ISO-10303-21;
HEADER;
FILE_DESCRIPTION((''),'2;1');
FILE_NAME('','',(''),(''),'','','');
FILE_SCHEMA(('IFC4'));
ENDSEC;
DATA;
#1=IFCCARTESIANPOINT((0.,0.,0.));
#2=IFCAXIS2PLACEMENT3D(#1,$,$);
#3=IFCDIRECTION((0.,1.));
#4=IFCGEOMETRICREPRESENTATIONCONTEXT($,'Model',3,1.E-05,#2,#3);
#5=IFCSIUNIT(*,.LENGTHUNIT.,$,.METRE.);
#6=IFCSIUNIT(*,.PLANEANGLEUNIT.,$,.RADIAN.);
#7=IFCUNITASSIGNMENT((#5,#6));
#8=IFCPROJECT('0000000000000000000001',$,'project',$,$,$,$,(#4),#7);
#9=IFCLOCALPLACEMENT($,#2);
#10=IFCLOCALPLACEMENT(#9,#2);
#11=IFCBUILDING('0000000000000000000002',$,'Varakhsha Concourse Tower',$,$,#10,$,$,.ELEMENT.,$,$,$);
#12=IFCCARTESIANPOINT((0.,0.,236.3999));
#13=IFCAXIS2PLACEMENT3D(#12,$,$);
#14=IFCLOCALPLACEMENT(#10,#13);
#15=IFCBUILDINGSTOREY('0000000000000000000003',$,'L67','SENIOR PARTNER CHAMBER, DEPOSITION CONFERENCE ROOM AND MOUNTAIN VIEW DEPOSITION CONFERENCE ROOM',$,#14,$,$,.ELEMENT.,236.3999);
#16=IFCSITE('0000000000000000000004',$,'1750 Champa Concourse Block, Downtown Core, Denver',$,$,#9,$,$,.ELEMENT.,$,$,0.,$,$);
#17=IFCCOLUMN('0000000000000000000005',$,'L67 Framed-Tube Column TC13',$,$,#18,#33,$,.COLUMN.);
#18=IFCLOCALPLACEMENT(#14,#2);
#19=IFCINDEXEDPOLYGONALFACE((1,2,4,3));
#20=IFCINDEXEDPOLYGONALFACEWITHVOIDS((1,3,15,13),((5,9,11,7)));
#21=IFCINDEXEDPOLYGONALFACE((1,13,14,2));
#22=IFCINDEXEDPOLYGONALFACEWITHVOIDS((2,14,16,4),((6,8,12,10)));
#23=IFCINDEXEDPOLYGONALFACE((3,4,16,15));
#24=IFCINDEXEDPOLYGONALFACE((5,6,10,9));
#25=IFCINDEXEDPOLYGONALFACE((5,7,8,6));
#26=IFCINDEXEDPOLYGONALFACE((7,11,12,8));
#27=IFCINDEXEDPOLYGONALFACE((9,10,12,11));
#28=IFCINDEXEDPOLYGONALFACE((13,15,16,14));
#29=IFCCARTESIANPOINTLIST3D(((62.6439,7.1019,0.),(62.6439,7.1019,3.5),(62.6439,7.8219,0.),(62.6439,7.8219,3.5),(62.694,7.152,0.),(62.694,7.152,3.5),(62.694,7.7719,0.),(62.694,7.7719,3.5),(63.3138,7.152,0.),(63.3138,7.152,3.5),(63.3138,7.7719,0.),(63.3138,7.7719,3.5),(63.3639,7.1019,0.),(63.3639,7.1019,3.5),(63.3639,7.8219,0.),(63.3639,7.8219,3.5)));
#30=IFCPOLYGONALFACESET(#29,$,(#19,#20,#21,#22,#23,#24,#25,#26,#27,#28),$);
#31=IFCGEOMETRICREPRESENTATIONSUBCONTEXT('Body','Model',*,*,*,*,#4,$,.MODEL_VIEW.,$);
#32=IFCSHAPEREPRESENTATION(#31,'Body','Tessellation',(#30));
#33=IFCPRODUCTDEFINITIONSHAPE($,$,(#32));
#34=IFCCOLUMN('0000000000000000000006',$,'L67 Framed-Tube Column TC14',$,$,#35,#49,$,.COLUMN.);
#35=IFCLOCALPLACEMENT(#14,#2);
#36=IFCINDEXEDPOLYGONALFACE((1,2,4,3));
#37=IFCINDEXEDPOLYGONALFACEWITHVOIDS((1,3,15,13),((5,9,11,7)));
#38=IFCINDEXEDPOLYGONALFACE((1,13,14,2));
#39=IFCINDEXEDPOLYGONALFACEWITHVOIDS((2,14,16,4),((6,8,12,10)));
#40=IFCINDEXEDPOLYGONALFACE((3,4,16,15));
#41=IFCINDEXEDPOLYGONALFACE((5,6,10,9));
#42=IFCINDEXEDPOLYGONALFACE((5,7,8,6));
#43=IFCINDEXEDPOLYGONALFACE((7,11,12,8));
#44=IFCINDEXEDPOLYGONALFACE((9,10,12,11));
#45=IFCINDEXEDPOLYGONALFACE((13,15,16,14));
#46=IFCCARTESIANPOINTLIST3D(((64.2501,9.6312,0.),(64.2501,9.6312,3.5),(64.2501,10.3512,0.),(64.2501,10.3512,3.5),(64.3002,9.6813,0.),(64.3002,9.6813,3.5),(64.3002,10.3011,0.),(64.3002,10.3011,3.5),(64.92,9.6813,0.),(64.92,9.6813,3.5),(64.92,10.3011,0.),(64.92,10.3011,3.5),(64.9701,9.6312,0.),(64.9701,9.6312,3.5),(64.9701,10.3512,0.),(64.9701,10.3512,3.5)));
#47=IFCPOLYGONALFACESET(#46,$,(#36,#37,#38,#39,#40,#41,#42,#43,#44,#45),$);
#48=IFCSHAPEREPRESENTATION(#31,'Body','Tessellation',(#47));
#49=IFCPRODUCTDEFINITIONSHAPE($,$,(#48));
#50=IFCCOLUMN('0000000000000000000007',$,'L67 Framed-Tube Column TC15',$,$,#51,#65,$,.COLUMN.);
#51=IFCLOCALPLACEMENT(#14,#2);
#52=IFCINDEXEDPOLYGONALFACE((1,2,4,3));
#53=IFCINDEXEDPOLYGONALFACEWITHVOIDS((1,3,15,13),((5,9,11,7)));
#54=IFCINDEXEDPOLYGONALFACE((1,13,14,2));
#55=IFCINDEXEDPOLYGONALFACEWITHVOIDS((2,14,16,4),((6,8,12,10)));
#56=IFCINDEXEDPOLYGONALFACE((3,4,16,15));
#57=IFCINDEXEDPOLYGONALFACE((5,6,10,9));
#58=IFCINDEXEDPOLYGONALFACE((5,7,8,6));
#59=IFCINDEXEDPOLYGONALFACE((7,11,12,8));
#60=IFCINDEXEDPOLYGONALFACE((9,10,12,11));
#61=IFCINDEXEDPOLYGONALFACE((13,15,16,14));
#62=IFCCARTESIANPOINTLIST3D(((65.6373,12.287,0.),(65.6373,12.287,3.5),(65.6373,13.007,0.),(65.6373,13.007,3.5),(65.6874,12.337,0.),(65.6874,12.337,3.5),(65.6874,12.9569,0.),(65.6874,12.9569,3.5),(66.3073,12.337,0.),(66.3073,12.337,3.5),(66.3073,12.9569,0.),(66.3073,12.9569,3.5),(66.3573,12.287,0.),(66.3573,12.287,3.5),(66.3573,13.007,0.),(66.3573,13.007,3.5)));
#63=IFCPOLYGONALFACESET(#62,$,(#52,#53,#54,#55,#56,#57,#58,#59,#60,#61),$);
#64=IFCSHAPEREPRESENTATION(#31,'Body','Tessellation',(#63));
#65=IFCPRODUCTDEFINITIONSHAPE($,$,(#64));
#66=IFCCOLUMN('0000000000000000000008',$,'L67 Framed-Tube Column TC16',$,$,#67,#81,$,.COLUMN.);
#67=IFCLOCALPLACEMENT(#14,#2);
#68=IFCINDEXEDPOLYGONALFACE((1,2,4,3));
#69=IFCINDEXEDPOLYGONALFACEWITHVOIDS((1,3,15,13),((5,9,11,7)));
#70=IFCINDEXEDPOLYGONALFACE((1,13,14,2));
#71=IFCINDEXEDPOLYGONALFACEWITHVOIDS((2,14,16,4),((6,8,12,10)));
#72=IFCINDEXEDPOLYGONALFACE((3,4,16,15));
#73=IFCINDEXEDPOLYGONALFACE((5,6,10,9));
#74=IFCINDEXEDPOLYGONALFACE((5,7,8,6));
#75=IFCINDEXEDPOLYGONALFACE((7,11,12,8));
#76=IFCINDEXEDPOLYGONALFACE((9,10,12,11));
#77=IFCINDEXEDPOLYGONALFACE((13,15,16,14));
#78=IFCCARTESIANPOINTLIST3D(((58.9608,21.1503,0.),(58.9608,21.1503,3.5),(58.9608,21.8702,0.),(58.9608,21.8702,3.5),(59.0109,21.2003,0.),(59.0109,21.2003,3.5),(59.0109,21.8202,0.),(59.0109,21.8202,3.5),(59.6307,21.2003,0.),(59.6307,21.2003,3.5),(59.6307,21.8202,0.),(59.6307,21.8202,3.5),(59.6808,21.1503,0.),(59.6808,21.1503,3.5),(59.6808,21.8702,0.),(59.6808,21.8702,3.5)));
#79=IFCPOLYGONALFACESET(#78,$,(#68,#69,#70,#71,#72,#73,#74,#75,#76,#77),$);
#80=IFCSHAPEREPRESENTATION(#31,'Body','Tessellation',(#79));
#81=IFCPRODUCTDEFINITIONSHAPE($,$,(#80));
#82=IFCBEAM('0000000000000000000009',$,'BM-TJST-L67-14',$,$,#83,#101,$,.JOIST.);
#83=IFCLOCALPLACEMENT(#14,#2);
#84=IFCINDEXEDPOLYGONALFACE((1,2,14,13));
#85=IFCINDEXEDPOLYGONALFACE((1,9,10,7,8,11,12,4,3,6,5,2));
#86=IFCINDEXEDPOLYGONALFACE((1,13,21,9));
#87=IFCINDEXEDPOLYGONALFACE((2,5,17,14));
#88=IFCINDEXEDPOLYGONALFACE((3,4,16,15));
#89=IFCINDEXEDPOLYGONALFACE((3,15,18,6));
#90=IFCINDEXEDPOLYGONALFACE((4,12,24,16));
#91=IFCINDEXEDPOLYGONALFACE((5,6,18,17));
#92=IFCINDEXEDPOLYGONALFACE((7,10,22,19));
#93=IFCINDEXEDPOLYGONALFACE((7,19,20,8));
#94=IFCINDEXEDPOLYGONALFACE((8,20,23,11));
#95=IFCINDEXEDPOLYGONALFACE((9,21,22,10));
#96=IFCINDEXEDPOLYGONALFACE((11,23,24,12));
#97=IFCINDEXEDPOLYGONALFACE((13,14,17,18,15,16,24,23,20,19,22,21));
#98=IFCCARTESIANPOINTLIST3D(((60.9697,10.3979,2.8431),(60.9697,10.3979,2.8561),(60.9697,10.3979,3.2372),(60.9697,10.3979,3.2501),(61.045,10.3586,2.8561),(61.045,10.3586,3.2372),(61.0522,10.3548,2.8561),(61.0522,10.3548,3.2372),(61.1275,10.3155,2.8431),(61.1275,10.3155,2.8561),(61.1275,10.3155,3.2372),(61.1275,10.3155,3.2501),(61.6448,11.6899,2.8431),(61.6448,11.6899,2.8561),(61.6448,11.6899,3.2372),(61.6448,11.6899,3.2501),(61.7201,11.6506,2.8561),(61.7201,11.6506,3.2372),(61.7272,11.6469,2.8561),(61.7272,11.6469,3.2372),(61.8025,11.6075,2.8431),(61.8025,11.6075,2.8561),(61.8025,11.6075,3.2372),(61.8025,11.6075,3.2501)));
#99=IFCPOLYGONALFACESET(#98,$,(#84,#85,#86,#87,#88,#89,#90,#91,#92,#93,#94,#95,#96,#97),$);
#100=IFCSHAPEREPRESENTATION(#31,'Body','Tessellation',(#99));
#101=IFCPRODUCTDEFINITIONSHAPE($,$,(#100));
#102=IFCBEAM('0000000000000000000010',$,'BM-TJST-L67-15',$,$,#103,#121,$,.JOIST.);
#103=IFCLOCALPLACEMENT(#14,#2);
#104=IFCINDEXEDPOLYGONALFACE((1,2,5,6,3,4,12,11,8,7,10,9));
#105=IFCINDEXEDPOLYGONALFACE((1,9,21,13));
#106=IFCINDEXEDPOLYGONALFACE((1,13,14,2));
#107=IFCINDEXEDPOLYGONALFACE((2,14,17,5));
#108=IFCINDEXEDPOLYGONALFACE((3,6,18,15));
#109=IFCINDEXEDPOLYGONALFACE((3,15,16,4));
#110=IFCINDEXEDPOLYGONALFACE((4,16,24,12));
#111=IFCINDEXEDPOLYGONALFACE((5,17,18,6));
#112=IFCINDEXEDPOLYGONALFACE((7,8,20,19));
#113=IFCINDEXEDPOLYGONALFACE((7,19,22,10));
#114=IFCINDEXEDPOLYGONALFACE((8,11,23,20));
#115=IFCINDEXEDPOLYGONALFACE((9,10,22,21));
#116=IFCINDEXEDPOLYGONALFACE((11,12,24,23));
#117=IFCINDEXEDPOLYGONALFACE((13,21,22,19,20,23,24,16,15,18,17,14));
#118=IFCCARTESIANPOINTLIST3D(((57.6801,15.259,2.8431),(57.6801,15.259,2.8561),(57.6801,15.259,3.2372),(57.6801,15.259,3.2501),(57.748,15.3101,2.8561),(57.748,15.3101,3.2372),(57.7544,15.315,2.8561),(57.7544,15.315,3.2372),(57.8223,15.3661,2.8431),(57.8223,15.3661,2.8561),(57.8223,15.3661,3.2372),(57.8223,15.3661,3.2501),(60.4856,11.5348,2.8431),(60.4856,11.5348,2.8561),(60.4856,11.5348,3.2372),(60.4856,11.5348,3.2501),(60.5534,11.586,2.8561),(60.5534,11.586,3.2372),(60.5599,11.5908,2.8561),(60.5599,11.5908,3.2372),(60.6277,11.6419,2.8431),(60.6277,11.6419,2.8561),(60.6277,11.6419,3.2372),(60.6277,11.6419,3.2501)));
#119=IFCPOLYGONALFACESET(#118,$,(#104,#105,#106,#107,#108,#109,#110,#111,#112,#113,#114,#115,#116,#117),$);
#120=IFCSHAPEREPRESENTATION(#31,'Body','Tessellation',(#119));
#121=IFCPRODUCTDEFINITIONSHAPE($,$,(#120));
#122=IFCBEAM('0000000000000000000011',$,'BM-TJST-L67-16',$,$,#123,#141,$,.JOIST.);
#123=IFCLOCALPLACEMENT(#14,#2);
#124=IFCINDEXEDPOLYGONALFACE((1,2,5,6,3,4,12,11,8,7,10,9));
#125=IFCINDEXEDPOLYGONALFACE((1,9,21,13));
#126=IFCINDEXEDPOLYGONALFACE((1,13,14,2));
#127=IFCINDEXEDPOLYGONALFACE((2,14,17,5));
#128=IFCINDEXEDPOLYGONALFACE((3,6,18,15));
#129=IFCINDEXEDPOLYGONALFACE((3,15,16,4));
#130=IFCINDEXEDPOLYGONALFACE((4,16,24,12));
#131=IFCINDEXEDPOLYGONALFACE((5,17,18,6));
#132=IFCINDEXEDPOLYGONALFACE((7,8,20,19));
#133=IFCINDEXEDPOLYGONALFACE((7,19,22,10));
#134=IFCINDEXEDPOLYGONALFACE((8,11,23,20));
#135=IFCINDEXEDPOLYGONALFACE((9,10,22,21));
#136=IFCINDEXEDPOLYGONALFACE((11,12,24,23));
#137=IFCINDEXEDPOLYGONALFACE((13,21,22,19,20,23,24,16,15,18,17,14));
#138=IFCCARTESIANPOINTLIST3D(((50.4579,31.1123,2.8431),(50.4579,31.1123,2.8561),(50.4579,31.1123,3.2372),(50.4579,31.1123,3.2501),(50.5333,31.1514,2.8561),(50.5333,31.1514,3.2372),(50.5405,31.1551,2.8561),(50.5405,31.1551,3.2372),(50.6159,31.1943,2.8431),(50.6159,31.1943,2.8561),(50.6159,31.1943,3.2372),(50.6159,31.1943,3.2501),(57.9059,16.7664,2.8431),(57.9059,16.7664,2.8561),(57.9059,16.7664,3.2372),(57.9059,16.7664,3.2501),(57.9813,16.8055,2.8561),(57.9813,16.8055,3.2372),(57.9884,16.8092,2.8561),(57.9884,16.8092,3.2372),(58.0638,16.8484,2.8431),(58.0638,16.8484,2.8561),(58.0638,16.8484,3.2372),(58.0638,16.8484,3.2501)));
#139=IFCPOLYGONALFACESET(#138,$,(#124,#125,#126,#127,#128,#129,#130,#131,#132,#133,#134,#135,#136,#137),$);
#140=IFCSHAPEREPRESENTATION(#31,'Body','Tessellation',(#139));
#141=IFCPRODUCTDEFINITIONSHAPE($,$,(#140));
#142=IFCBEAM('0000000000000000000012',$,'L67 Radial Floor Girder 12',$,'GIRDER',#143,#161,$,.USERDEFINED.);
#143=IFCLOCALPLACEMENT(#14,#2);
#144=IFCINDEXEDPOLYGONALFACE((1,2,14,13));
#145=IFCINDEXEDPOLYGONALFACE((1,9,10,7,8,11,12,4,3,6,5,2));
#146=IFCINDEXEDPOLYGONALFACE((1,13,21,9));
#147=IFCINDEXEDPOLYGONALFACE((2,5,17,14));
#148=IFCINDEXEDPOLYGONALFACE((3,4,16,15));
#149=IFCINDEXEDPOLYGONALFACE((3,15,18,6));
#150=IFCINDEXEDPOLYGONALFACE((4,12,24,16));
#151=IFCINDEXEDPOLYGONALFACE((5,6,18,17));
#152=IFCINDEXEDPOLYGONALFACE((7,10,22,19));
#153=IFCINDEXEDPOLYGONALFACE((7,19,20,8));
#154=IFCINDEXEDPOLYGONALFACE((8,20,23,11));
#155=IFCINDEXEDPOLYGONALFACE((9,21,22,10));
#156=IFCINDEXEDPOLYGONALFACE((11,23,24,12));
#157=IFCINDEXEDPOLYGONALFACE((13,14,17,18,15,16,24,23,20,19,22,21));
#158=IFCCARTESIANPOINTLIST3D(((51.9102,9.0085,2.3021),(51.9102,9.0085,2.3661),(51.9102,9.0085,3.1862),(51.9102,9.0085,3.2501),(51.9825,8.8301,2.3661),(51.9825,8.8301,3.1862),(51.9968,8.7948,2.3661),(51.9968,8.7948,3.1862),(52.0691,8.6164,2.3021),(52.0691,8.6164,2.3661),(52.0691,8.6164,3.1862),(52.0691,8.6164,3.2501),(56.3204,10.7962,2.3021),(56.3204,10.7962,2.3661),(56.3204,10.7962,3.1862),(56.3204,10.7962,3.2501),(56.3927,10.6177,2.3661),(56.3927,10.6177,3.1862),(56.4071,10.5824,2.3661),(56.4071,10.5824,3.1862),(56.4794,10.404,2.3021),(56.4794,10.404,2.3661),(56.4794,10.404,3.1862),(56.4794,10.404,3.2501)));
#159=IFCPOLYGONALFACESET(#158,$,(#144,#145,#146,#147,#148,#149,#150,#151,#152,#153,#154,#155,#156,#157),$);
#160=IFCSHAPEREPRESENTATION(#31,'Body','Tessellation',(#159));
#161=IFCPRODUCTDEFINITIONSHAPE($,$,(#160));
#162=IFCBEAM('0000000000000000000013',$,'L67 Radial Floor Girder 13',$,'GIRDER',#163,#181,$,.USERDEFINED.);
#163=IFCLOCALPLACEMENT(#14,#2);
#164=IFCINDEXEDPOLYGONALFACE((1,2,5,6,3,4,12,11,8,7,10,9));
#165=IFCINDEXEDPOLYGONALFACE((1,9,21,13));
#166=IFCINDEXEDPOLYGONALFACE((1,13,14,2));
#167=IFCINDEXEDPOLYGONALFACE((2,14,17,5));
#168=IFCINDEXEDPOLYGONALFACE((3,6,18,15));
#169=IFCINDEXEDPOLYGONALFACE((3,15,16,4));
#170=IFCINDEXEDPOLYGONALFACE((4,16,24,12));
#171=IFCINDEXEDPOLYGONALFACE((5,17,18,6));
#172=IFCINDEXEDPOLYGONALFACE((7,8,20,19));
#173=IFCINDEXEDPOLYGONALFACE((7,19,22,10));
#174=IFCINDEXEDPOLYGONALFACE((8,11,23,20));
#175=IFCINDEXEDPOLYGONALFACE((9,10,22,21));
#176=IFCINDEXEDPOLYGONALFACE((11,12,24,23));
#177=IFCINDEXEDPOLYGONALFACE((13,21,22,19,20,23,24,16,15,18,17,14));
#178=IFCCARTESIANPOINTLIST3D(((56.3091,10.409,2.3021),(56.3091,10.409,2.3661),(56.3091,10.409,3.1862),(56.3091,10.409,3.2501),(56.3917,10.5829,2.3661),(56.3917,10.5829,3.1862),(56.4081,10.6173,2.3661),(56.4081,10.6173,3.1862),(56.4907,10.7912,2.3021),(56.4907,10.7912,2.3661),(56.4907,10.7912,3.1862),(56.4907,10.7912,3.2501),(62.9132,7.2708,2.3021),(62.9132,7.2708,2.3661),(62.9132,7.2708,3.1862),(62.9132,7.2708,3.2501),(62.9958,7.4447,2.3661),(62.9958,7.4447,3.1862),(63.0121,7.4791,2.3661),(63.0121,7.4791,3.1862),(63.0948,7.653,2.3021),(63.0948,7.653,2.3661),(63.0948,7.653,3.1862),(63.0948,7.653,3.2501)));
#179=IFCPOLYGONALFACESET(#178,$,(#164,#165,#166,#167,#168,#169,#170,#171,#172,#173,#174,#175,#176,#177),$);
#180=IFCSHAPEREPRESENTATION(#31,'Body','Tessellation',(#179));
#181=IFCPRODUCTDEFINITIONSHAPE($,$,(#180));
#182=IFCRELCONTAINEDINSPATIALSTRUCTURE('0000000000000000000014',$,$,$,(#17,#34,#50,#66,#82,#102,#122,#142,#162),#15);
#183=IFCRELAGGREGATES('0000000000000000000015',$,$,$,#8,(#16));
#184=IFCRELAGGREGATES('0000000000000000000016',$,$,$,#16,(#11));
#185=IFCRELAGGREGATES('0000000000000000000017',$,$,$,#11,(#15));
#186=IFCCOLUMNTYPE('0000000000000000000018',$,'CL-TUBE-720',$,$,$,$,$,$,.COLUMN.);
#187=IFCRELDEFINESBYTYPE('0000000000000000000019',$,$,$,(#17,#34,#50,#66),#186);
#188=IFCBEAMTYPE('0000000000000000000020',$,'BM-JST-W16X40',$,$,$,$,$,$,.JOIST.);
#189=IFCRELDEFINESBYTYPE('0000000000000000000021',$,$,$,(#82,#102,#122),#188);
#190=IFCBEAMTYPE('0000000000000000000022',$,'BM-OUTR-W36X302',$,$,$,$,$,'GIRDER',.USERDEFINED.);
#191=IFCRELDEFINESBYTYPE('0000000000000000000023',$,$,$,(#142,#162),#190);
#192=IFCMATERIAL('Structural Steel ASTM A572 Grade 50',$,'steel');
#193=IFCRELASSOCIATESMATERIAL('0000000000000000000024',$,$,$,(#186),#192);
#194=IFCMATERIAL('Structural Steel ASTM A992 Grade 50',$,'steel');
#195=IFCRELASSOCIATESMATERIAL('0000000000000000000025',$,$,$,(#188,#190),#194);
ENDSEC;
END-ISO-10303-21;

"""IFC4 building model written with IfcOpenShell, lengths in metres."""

from ifc_helpers import new_model, si_unit, direction, frame, origin, origin_2d, place, context, subcontext, project, spatial, hollow_rectangle, i_section, extrude, material, material_profile, profile_set, type_object, element, save


model = new_model("IFC4")

# Units and contexts
model_context = context("Model", 3, precision=1e-05, world=origin(), true_north=direction((0.0, 1.0)))
body_context = subcontext(model_context, "Body", "Model", "MODEL_VIEW")
ifc_project = project(units=[si_unit("LENGTHUNIT", "METRE"), si_unit("PLANEANGLEUNIT", "RADIAN")], contexts=[model_context])

# Site, building, storey
site_placement = place(None, origin())
site = spatial("IfcSite", under=ifc_project, at=site_placement, Name="1750 Champa Concourse Block, Downtown Core, Denver", CompositionType="ELEMENT", RefElevation=0.0)
building_placement = place(site_placement, origin())
building = spatial("IfcBuilding", under=site, at=building_placement, Name="Varakhsha Concourse Tower", CompositionType="ELEMENT")
storey_placement = place(building_placement, frame((0.0, 0.0, 236.3999)))
storey = spatial("IfcBuildingStorey", under=building, at=storey_placement, Name="L67", Description="SENIOR PARTNER CHAMBER, DEPOSITION CONFERENCE ROOM AND MOUNTAIN VIEW DEPOSITION CONFERENCE ROOM", CompositionType="ELEMENT", Elevation=236.3999)

# Columns
ifc_material_1 = material(Name="Structural Steel ASTM A572 Grade 50", Category="steel")
ifc_material_profile_1 = material_profile(ifc_material_1, hollow_rectangle(XDim=0.72, YDim=0.72, WallThickness=0.05, at=origin_2d()), Name="BOX 720x720x50")
ifc_profile_set_1 = profile_set([ifc_material_profile_1], Name="Structural Steel ASTM A572 Grade 50")
column_type = type_object("IfcColumnType", Name="CL-TUBE-720", PredefinedType="COLUMN", material=ifc_profile_set_1)
for number, where, z_axis, x_axis, name in (
    (1, (63.0039, 7.4619, 0.0), (0.0, 0.0, 1.0), (1.0, 0.0, 0.0), "L67 Framed-Tube Column TC13"),
    (2, (64.6101, 9.9912, 0.0), (0.0, 0.0, 1.0), (1.0, 0.0, 0.0), "L67 Framed-Tube Column TC14"),
    (3, (65.9973, 12.647, 0.0), (0.0, 0.0, 1.0), (1.0, 0.0, 0.0), "L67 Framed-Tube Column TC15"),
    (4, (59.3208, 21.5103, 0.0), (0.0, 0.0, 1.0), (1.0, 0.0, 0.0), "L67 Framed-Tube Column TC16"),
):
    element("IfcColumn", number, at=place(storey_placement, frame(where, z_axis=z_axis, x_axis=x_axis)), inside=storey, type_object=column_type, Name=name, PredefinedType="COLUMN", context=body_context, shape_type="SweptSolid", body=[
        extrude(hollow_rectangle(XDim=0.72, YDim=0.72, WallThickness=0.05, at=origin_2d()), origin(), (0.0, 0.0, 1.0), 3.5),
    ])

# Beams
ifc_material_2 = material(Name="Structural Steel ASTM A992 Grade 50", Category="steel")
ifc_material_profile_2 = material_profile(ifc_material_2, i_section(OverallWidth=0.178, OverallDepth=0.407, WebThickness=0.0081, FlangeThickness=0.0129, at=origin_2d()), Name="W16X40")
ifc_profile_set_2 = profile_set([ifc_material_profile_2], Name="Structural Steel ASTM A992 Grade 50")
beam_type_1 = type_object("IfcBeamType", Name="BM-JST-W16X40", PredefinedType="JOIST", material=ifc_profile_set_2)
beam_1_placement = place(storey_placement, frame((61.0486, 10.3567, 3.0466), z_axis=(0.463087, 0.886313, 0.0), x_axis=(-0.886313, 0.463087, 0.0)))
element("IfcBeam", 5, at=beam_1_placement, inside=storey, type_object=beam_type_1, Name="BM-TJST-L67-14", PredefinedType="JOIST", context=body_context, shape_type="SweptSolid", body=[
    extrude(i_section(OverallWidth=0.178, OverallDepth=0.407, WebThickness=0.0081, FlangeThickness=0.0129, at=origin_2d()), origin(), (0.0, 0.0, 1.0), 1.4578),
])
beam_2_placement = place(storey_placement, frame((60.5566, 11.5884, 3.0466), z_axis=(-0.601691, 0.798729, 0.0), x_axis=(-0.798729, -0.601691, 0.0)))
element("IfcBeam", 6, at=beam_2_placement, inside=storey, type_object=beam_type_1, Name="BM-TJST-L67-15", PredefinedType="JOIST", context=body_context, shape_type="SweptSolid", body=[
    extrude(i_section(OverallWidth=0.178, OverallDepth=0.407, WebThickness=0.0081, FlangeThickness=0.0129, at=origin_2d()), origin(), (0.0, 0.0, 1.0), 4.6626),
])
beam_3_placement = place(storey_placement, frame((57.9849, 16.8074, 3.0466), z_axis=(-0.460773, 0.887518, 0.0), x_axis=(-0.887518, -0.460773, 0.0)))
element("IfcBeam", 7, at=beam_3_placement, inside=storey, type_object=beam_type_1, Name="BM-TJST-L67-16", PredefinedType="JOIST", context=body_context, shape_type="SweptSolid", body=[
    extrude(i_section(OverallWidth=0.178, OverallDepth=0.407, WebThickness=0.0081, FlangeThickness=0.0129, at=origin_2d()), origin(), (0.0, 0.0, 1.0), 16.1641),
])
ifc_material_profile_3 = material_profile(ifc_material_2, i_section(OverallWidth=0.4231, OverallDepth=0.948, WebThickness=0.0381, FlangeThickness=0.064, at=origin_2d()), Name="W36X302")
ifc_profile_set_3 = profile_set([ifc_material_profile_3], Name="Structural Steel ASTM A992 Grade 50")
beam_type_2 = type_object("IfcBeamType", Name="BM-OUTR-W36X302", ElementType="GIRDER", PredefinedType="USERDEFINED", material=ifc_profile_set_3)
beam_4_placement = place(storey_placement, frame((56.3999, 10.6001, 2.7761), z_axis=(-0.926761, -0.37565, 0.0), x_axis=(0.37565, -0.926761, 0.0)))
element("IfcBeam", 8, at=beam_4_placement, inside=storey, type_object=beam_type_2, Name="L67 Radial Floor Girder 12", ObjectType="GIRDER", PredefinedType="USERDEFINED", context=body_context, shape_type="SweptSolid", body=[
    extrude(i_section(OverallWidth=0.4231, OverallDepth=0.948, WebThickness=0.0381, FlangeThickness=0.064, at=origin_2d()), origin(), (0.0, 0.0, 1.0), 4.7588),
])
beam_5_placement = place(storey_placement, frame((56.3999, 10.6001, 2.7761), z_axis=(0.90321, -0.4292, 0.0), x_axis=(0.4292, 0.90321, 0.0)))
element("IfcBeam", 9, at=beam_5_placement, inside=storey, type_object=beam_type_2, Name="L67 Radial Floor Girder 13", ObjectType="GIRDER", PredefinedType="USERDEFINED", context=body_context, shape_type="SweptSolid", body=[
    extrude(i_section(OverallWidth=0.4231, OverallDepth=0.948, WebThickness=0.0381, FlangeThickness=0.064, at=origin_2d()), origin(), (0.0, 0.0, 1.0), 7.3118),
])

save(model, "model.ifc")
